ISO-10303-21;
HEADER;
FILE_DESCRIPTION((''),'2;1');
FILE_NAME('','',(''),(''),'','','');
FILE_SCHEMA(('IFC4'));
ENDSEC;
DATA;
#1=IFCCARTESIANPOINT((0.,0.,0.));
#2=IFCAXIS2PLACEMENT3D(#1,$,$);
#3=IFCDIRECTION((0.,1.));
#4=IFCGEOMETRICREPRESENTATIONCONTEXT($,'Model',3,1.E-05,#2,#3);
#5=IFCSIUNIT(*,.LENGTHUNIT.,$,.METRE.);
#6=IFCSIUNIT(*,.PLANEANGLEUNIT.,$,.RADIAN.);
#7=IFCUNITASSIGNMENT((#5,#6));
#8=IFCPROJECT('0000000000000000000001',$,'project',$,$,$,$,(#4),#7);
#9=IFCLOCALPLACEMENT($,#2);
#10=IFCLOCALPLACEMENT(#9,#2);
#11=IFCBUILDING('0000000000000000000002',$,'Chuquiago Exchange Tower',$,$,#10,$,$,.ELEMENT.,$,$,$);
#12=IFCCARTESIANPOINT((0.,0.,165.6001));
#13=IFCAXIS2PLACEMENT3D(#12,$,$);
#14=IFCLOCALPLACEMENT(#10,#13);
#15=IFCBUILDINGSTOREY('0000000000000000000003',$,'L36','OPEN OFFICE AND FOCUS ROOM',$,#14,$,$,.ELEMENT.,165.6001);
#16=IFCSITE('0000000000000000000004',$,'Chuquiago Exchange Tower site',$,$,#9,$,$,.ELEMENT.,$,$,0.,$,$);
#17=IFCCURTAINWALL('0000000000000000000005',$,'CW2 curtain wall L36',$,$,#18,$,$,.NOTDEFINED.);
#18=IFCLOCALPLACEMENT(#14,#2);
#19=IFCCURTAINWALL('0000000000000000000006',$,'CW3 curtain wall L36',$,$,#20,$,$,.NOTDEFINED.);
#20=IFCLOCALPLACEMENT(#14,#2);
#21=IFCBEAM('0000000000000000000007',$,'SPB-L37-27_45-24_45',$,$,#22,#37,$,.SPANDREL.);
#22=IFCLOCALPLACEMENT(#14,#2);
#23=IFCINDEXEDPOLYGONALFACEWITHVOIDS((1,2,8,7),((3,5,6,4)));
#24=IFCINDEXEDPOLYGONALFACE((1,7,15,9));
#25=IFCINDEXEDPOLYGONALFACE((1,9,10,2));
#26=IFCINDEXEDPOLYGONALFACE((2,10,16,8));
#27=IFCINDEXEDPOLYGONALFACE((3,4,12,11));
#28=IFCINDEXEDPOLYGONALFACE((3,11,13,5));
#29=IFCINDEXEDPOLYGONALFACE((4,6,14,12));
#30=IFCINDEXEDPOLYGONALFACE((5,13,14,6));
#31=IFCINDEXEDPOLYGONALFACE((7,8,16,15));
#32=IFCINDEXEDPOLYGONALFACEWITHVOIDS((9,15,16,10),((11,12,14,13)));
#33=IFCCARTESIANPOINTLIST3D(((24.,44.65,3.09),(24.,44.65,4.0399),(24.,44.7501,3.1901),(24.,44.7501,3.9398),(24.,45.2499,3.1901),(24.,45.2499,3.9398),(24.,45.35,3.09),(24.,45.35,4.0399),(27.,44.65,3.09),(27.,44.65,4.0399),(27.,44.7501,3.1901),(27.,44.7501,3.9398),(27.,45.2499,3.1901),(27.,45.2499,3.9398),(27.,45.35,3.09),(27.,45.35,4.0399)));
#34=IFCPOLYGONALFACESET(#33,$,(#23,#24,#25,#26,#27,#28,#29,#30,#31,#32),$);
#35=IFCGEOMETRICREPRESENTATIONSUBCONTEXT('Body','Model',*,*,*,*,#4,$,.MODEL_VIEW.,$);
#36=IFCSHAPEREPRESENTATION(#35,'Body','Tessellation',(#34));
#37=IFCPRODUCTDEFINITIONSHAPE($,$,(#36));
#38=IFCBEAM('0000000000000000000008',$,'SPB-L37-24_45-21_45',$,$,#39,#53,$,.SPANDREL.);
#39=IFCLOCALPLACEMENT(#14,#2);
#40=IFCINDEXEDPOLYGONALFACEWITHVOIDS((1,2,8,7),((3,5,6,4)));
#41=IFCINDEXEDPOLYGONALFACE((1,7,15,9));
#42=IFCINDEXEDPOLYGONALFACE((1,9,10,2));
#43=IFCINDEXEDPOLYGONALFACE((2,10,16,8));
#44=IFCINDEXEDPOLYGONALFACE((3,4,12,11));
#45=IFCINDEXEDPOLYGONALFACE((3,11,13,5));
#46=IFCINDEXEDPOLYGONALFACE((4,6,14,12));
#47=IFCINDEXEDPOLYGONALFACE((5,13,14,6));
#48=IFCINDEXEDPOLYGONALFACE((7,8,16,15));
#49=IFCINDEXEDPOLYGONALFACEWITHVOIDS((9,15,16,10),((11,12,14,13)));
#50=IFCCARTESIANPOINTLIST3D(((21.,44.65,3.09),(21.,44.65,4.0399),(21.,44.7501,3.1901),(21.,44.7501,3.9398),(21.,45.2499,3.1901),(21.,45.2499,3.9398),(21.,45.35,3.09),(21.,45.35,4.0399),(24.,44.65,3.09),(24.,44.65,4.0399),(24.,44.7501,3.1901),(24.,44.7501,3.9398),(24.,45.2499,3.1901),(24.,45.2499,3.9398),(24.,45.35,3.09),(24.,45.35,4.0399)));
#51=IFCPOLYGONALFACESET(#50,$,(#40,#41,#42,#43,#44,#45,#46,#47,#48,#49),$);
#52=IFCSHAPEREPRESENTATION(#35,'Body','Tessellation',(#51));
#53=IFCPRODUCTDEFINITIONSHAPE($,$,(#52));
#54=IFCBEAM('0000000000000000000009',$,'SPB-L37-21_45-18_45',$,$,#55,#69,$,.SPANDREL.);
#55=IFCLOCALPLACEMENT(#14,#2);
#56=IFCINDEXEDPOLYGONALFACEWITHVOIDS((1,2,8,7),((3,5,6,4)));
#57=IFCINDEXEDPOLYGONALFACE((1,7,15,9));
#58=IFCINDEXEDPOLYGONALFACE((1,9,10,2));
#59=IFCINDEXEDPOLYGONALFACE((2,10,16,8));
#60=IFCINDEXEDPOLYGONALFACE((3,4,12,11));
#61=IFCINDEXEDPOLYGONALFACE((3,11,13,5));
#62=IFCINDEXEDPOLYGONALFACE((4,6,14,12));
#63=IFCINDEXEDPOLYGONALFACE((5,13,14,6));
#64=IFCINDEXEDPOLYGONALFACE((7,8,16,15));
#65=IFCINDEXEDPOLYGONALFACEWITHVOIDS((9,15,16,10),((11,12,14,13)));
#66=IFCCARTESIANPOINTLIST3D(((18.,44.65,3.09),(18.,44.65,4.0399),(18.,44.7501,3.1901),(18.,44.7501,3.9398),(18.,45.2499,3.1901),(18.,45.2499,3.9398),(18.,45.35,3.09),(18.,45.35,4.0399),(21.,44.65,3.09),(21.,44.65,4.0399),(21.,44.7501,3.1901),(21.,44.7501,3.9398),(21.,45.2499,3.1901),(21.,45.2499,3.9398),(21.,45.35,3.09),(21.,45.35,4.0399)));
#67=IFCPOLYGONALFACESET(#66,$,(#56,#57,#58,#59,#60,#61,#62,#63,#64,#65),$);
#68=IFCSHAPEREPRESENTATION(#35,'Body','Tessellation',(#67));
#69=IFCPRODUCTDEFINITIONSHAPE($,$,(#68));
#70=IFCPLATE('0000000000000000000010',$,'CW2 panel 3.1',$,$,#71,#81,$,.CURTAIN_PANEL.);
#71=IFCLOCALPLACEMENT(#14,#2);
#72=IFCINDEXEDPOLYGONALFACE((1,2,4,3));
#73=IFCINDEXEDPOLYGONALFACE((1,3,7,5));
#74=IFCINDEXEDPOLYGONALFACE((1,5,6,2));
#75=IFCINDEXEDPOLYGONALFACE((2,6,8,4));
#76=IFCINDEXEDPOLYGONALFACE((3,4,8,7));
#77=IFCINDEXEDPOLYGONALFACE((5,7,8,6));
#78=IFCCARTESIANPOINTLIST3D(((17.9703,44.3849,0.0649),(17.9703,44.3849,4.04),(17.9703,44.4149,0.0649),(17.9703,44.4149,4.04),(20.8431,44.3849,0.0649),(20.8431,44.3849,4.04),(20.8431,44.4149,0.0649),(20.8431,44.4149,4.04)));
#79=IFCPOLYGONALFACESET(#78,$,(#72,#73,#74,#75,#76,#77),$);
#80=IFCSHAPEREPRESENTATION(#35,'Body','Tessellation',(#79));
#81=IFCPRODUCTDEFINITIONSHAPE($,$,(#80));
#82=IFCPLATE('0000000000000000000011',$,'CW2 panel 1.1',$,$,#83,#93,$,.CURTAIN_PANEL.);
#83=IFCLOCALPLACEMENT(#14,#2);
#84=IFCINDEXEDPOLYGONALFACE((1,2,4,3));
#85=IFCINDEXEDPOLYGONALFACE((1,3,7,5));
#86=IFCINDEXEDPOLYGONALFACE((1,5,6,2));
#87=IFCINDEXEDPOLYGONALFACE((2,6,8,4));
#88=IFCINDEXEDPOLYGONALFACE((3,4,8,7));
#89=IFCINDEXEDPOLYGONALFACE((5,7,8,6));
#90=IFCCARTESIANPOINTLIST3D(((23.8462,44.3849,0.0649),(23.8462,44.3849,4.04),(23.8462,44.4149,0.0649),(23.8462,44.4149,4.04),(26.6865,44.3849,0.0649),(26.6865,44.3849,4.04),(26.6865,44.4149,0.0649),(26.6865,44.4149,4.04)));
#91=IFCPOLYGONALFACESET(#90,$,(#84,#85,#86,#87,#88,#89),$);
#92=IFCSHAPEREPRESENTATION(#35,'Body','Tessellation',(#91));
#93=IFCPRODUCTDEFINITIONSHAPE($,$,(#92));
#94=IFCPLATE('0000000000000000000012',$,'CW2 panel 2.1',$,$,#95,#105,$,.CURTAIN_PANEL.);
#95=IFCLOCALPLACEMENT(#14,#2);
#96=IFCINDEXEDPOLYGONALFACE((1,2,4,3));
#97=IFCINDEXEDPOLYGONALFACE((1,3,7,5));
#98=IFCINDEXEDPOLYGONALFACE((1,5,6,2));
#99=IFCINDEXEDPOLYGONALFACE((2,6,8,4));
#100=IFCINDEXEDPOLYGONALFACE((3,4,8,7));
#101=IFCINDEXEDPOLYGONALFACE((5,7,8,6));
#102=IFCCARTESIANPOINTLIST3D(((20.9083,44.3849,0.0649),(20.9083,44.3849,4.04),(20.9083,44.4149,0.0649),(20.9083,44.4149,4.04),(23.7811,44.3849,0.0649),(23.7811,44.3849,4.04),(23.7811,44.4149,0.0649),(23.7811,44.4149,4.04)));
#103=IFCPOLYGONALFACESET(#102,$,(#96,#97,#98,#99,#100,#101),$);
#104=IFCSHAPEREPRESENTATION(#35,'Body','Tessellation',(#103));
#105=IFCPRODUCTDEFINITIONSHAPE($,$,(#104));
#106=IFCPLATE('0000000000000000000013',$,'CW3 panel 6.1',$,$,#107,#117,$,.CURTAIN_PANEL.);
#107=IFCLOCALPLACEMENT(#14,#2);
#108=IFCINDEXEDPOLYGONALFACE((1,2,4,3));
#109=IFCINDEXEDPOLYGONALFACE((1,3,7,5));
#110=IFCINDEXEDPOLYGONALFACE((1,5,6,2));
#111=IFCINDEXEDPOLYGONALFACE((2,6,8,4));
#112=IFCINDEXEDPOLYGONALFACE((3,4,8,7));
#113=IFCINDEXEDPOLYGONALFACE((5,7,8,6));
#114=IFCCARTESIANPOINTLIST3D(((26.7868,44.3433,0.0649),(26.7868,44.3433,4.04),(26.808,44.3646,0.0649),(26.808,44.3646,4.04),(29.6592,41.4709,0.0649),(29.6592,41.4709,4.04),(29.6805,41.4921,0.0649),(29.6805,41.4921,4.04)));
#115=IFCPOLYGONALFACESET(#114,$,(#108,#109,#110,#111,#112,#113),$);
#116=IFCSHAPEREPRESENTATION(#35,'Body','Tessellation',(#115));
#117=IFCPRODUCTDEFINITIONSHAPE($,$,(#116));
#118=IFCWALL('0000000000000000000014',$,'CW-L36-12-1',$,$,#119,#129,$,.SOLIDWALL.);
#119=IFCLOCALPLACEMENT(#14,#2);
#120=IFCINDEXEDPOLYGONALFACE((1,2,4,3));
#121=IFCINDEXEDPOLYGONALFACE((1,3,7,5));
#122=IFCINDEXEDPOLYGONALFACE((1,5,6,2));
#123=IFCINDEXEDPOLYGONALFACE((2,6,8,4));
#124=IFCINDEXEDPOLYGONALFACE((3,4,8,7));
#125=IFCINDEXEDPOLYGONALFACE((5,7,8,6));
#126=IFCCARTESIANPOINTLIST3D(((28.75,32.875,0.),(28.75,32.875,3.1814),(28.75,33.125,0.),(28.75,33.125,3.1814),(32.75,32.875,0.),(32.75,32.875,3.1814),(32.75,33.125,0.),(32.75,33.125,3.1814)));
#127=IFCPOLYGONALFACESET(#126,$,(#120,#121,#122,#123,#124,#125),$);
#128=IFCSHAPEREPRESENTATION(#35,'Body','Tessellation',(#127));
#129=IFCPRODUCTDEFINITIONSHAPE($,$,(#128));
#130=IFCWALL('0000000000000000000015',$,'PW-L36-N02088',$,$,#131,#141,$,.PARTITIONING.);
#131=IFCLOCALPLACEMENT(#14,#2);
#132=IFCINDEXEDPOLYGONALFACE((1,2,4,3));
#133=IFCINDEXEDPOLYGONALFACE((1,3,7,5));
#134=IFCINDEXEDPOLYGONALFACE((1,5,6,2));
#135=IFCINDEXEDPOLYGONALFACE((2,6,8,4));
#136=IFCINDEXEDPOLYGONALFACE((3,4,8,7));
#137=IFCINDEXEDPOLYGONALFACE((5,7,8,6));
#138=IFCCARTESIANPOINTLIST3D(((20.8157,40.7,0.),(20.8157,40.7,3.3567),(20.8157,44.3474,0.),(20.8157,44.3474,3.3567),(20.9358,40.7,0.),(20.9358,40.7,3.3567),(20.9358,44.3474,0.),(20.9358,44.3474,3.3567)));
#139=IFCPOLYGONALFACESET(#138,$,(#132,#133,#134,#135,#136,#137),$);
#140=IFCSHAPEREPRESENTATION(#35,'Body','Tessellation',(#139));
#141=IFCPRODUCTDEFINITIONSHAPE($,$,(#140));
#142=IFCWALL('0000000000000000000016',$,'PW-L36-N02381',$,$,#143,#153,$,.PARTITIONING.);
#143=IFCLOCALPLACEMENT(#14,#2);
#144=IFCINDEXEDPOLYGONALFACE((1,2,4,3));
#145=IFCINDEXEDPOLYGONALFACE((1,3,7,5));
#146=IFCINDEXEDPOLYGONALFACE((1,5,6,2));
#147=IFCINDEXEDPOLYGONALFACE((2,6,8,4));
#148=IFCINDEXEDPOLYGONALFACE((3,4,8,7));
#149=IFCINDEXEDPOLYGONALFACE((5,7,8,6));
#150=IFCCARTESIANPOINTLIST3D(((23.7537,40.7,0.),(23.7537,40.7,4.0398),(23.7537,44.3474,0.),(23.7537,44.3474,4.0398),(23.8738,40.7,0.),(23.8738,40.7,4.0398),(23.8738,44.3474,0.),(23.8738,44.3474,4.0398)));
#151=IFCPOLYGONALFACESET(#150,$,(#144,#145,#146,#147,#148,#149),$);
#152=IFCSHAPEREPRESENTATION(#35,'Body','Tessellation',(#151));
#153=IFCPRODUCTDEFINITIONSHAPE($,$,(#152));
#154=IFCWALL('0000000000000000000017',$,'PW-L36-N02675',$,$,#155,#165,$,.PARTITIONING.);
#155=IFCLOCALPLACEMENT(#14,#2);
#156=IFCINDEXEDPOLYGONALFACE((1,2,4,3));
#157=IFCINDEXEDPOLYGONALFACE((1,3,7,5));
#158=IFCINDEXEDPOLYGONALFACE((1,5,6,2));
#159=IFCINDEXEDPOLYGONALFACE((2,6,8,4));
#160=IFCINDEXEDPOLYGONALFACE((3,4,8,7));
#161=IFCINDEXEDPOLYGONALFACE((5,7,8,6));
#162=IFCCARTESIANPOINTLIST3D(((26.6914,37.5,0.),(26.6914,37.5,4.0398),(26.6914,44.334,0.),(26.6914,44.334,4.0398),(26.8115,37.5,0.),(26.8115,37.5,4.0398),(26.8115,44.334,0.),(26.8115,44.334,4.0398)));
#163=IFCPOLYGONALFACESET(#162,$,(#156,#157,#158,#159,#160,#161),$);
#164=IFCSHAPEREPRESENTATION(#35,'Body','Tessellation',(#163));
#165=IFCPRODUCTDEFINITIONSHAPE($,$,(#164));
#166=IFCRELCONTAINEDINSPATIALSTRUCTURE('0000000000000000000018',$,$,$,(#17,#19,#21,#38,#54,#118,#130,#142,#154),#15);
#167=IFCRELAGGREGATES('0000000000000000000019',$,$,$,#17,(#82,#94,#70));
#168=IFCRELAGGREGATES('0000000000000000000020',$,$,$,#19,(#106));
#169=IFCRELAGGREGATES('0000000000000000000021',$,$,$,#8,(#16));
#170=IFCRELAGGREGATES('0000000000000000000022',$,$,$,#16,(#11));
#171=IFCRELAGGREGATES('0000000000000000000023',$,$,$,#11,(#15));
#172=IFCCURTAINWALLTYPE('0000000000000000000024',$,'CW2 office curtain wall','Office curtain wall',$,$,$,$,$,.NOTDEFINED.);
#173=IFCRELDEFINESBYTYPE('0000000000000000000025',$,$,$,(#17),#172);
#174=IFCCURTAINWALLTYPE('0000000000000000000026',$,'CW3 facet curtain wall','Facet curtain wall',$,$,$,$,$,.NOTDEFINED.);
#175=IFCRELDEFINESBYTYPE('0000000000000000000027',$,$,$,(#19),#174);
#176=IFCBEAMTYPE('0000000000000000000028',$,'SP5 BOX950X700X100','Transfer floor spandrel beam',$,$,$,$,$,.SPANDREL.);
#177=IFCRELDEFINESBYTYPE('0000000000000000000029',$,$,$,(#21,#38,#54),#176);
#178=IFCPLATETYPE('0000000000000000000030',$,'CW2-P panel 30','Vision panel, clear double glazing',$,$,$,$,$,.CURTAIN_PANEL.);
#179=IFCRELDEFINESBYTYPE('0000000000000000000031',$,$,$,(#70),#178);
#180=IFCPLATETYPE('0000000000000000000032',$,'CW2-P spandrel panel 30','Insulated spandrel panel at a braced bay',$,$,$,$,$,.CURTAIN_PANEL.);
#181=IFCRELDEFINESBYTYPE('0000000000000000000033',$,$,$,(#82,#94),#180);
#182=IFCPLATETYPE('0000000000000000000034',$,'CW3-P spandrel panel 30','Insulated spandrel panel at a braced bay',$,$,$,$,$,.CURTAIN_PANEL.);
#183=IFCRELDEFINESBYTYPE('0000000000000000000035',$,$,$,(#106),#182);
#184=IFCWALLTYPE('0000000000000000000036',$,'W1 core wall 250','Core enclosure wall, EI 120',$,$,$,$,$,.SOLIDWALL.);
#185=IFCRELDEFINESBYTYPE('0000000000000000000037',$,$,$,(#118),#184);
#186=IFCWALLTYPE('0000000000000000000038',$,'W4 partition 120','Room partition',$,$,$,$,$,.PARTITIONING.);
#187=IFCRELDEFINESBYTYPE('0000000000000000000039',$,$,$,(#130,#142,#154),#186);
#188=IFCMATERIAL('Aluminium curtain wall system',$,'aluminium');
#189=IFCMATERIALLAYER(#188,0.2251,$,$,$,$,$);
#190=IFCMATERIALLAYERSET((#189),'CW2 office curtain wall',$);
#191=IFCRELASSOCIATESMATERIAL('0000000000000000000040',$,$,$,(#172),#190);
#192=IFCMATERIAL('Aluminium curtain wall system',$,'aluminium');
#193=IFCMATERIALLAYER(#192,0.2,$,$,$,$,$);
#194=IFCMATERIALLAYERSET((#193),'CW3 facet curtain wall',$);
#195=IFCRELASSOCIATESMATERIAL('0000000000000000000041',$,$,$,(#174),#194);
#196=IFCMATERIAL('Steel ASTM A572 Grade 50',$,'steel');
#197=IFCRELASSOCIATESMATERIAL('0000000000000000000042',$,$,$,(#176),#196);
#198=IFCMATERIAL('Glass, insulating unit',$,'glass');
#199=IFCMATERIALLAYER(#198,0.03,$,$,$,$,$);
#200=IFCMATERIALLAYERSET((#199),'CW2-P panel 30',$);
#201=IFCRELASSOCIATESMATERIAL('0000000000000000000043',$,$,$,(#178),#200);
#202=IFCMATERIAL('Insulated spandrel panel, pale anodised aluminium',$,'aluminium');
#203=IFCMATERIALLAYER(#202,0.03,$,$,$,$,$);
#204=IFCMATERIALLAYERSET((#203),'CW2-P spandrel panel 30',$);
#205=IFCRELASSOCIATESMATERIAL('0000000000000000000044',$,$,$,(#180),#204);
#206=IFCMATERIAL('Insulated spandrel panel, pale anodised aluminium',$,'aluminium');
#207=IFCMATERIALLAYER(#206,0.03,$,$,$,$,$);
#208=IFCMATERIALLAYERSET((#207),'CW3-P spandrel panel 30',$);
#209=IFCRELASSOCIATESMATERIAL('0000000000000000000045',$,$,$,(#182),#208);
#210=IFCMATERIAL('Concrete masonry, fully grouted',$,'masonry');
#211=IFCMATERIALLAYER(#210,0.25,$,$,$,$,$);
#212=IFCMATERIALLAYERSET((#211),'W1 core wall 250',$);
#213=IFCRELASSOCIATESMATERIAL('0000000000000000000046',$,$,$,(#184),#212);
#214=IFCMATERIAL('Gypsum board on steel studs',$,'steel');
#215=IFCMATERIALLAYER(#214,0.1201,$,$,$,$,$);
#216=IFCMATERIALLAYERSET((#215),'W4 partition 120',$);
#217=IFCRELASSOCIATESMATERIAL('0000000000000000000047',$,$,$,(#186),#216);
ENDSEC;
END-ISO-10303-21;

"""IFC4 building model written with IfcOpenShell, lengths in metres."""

from ifc_helpers import new_model, si_unit, direction, frame, frame_2d, origin, origin_2d, place, context, subcontext, project, spatial, rectangle, hollow_rectangle, extrude, material, layer, layer_set, material_profile, profile_set, type_object, element, aggregate, save


model = new_model("IFC4")

# Units and contexts
model_context = context("Model", 3, precision=1e-05, world=origin(), true_north=direction((0.0, 1.0)))
body_context = subcontext(model_context, "Body", "Model", "MODEL_VIEW")
ifc_project = project(units=[si_unit("LENGTHUNIT", "METRE"), si_unit("PLANEANGLEUNIT", "RADIAN")], contexts=[model_context])

# Site, building, storey
site_placement = place(None, origin())
site = spatial("IfcSite", under=ifc_project, at=site_placement, Name="Chuquiago Exchange Tower site", CompositionType="ELEMENT", RefElevation=0.0)
building_placement = place(site_placement, origin())
building = spatial("IfcBuilding", under=site, at=building_placement, Name="Chuquiago Exchange Tower", CompositionType="ELEMENT")
storey_placement = place(building_placement, frame((0.0, 0.0, 165.6001)))
storey = spatial("IfcBuildingStorey", under=building, at=storey_placement, Name="L36", Description="OPEN OFFICE AND FOCUS ROOM", CompositionType="ELEMENT", Elevation=165.6001)

# Curtain walls
ifc_material_1 = material(Name="Aluminium curtain wall system", Category="aluminium")
ifc_layer_1 = layer(ifc_material_1, 0.2251)
ifc_layer_set_1 = layer_set([ifc_layer_1], Name="CW2 office curtain wall")
curtain_wall_type_1 = type_object("IfcCurtainWallType", Name="CW2 office curtain wall", Description="Office curtain wall", PredefinedType="NOTDEFINED", material=ifc_layer_set_1)
curtain_wall_1_placement = place(storey_placement, origin())
curtain_wall_1 = element("IfcCurtainWall", 1, at=curtain_wall_1_placement, inside=storey, type_object=curtain_wall_type_1, Name="CW2 curtain wall L36", PredefinedType="NOTDEFINED")
ifc_material_2 = material(Name="Aluminium curtain wall system", Category="aluminium")
ifc_layer_2 = layer(ifc_material_2, 0.2)
ifc_layer_set_2 = layer_set([ifc_layer_2], Name="CW3 facet curtain wall")
curtain_wall_type_2 = type_object("IfcCurtainWallType", Name="CW3 facet curtain wall", Description="Facet curtain wall", PredefinedType="NOTDEFINED", material=ifc_layer_set_2)
curtain_wall_2_placement = place(storey_placement, origin())
curtain_wall_2 = element("IfcCurtainWall", 2, at=curtain_wall_2_placement, inside=storey, type_object=curtain_wall_type_2, Name="CW3 curtain wall L36", PredefinedType="NOTDEFINED")

# Beams
ifc_material_3 = material(Name="Steel ASTM A572 Grade 50", Category="steel")
ifc_material_profile_1 = material_profile(ifc_material_3, hollow_rectangle(XDim=0.7, YDim=0.95, WallThickness=0.1001, at=origin_2d()), Name="BOX950X700X100")
ifc_profile_set_1 = profile_set([ifc_material_profile_1], Name="Steel ASTM A572 Grade 50")
beam_type_1 = type_object("IfcBeamType", Name="SP5 BOX950X700X100", Description="Transfer floor spandrel beam", PredefinedType="SPANDREL", material=ifc_profile_set_1)
for number, where, z_axis, x_axis, name in (
    (3, (27.0, 45.0, 3.5649), (-1.0, 0.0, 0.0), (0.0, -1.0, 0.0), "SPB-L37-27_45-24_45"),
    (4, (24.0, 45.0, 3.5649), (-1.0, 0.0, 0.0), (0.0, -1.0, 0.0), "SPB-L37-24_45-21_45"),
    (5, (21.0, 45.0, 3.5649), (-1.0, 0.0, 0.0), (0.0, -1.0, 0.0), "SPB-L37-21_45-18_45"),
):
    element("IfcBeam", number, at=place(storey_placement, frame(where, z_axis=z_axis, x_axis=x_axis)), inside=storey, type_object=beam_type_1, Name=name, PredefinedType="SPANDREL", context=body_context, shape_type="SweptSolid", body=[
        extrude(hollow_rectangle(XDim=0.7, YDim=0.95, WallThickness=0.1001, at=origin_2d()), origin(), (0.0, 0.0, 1.0), 3.0),
    ])

# Plates
ifc_material_4 = material(Name="Glass, insulating unit", Category="glass")
ifc_layer_3 = layer(ifc_material_4, 0.03)
ifc_layer_set_3 = layer_set([ifc_layer_3], Name="CW2-P panel 30")
plate_type_1 = type_object("IfcPlateType", Name="CW2-P panel 30", Description="Vision panel, clear double glazing", PredefinedType="CURTAIN_PANEL", material=ifc_layer_set_3)
plate_1_placement = place(storey_placement, frame((19.4067, 44.3999, 0.0649), z_axis=(0.0, 0.0, 1.0), x_axis=(-1.0, 0.0, 0.0)))
plate_1 = element("IfcPlate", 6, at=plate_1_placement, type_object=plate_type_1, Name="CW2 panel 3.1", PredefinedType="CURTAIN_PANEL", context=body_context, shape_type="SweptSolid", body=[
    extrude(rectangle(XDim=2.8728, YDim=0.03, at=origin_2d()), origin(), (0.0, 0.0, 1.0), 3.9751),
])
ifc_material_5 = material(Name="Insulated spandrel panel, pale anodised aluminium", Category="aluminium")
ifc_layer_4 = layer(ifc_material_5, 0.03)
ifc_layer_set_4 = layer_set([ifc_layer_4], Name="CW2-P spandrel panel 30")
plate_type_2 = type_object("IfcPlateType", Name="CW2-P spandrel panel 30", Description="Insulated spandrel panel at a braced bay", PredefinedType="CURTAIN_PANEL", material=ifc_layer_set_4)
plate_2_placement = place(storey_placement, frame((25.2664, 44.3999, 0.0649), z_axis=(0.0, 0.0, 1.0), x_axis=(-1.0, 0.0, 0.0)))
plate_2 = element("IfcPlate", 7, at=plate_2_placement, type_object=plate_type_2, Name="CW2 panel 1.1", PredefinedType="CURTAIN_PANEL", context=body_context, shape_type="SweptSolid", body=[
    extrude(rectangle(XDim=2.8403, YDim=0.03, at=origin_2d()), origin(), (0.0, 0.0, 1.0), 3.9751),
])
plate_3_placement = place(storey_placement, frame((22.3447, 44.3999, 0.0649), z_axis=(0.0, 0.0, 1.0), x_axis=(-1.0, 0.0, 0.0)))
plate_3 = element("IfcPlate", 8, at=plate_3_placement, type_object=plate_type_2, Name="CW2 panel 2.1", PredefinedType="CURTAIN_PANEL", context=body_context, shape_type="SweptSolid", body=[
    extrude(rectangle(XDim=2.8728, YDim=0.03, at=origin_2d()), origin(), (0.0, 0.0, 1.0), 3.9751),
])
aggregate(curtain_wall_1, [plate_2, plate_3, plate_1])
ifc_material_6 = material(Name="Insulated spandrel panel, pale anodised aluminium", Category="aluminium")
ifc_layer_5 = layer(ifc_material_6, 0.03)
ifc_layer_set_5 = layer_set([ifc_layer_5], Name="CW3-P spandrel panel 30")
plate_type_3 = type_object("IfcPlateType", Name="CW3-P spandrel panel 30", Description="Insulated spandrel panel at a braced bay", PredefinedType="CURTAIN_PANEL", material=ifc_layer_set_5)
plate_4_placement = place(storey_placement, frame((28.2336, 42.9177, 0.0649), z_axis=(0.0, 0.0, 1.0), x_axis=(-0.707107, 0.707107, 0.0)))
plate_4 = element("IfcPlate", 9, at=plate_4_placement, type_object=plate_type_3, Name="CW3 panel 6.1", PredefinedType="CURTAIN_PANEL", context=body_context, shape_type="SweptSolid", body=[
    extrude(rectangle(XDim=4.0623, YDim=0.03, at=origin_2d()), origin(), (0.0, 0.0, 1.0), 3.9751),
])
aggregate(curtain_wall_2, [plate_4])

# Walls
ifc_material_7 = material(Name="Concrete masonry, fully grouted", Category="masonry")
ifc_layer_6 = layer(ifc_material_7, 0.25)
ifc_layer_set_6 = layer_set([ifc_layer_6], Name="W1 core wall 250")
wall_type_1 = type_object("IfcWallType", Name="W1 core wall 250", Description="Core enclosure wall, EI 120", PredefinedType="SOLIDWALL", material=ifc_layer_set_6)
wall_1_placement = place(storey_placement, frame((28.75, 33.0, 0.0), z_axis=(0.0, 0.0, 1.0), x_axis=(1.0, 0.0, 0.0)))
element("IfcWall", 10, at=wall_1_placement, inside=storey, type_object=wall_type_1, Name="CW-L36-12-1", PredefinedType="SOLIDWALL", context=body_context, shape_type="SweptSolid", body=[
    extrude(rectangle(XDim=4.0, YDim=0.25, at=frame_2d((2.0, 0.0))), origin(), (0.0, 0.0, 1.0), 3.1814),
])
ifc_material_8 = material(Name="Gypsum board on steel studs", Category="steel")
ifc_layer_7 = layer(ifc_material_8, 0.1201)
ifc_layer_set_7 = layer_set([ifc_layer_7], Name="W4 partition 120")
wall_type_2 = type_object("IfcWallType", Name="W4 partition 120", Description="Room partition", PredefinedType="PARTITIONING", material=ifc_layer_set_7)
wall_2_placement = place(storey_placement, frame((20.8757, 44.3474, 0.0), z_axis=(0.0, 0.0, 1.0), x_axis=(0.0, -1.0, 0.0)))
element("IfcWall", 11, at=wall_2_placement, inside=storey, type_object=wall_type_2, Name="PW-L36-N02088", PredefinedType="PARTITIONING", context=body_context, shape_type="SweptSolid", body=[
    extrude(rectangle(XDim=3.6475, YDim=0.1201, at=frame_2d((1.8237, 0.0))), origin(), (0.0, 0.0, 1.0), 3.3567),
])
wall_3_placement = place(storey_placement, frame((23.8137, 44.3474, 0.0), z_axis=(0.0, 0.0, 1.0), x_axis=(0.0, -1.0, 0.0)))
element("IfcWall", 12, at=wall_3_placement, inside=storey, type_object=wall_type_2, Name="PW-L36-N02381", PredefinedType="PARTITIONING", context=body_context, shape_type="SweptSolid", body=[
    extrude(rectangle(XDim=3.6475, YDim=0.1201, at=frame_2d((1.8237, 0.0))), origin(), (0.0, 0.0, 1.0), 4.0398),
])
wall_4_placement = place(storey_placement, frame((26.7515, 44.334, 0.0), z_axis=(0.0, 0.0, 1.0), x_axis=(0.0, -1.0, 0.0)))
element("IfcWall", 13, at=wall_4_placement, inside=storey, type_object=wall_type_2, Name="PW-L36-N02675", PredefinedType="PARTITIONING", context=body_context, shape_type="SweptSolid", body=[
    extrude(rectangle(XDim=6.834, YDim=0.1201, at=frame_2d((3.417, 0.0))), origin(), (0.0, 0.0, 1.0), 4.0398),
])

save(model, "model.ifc")
